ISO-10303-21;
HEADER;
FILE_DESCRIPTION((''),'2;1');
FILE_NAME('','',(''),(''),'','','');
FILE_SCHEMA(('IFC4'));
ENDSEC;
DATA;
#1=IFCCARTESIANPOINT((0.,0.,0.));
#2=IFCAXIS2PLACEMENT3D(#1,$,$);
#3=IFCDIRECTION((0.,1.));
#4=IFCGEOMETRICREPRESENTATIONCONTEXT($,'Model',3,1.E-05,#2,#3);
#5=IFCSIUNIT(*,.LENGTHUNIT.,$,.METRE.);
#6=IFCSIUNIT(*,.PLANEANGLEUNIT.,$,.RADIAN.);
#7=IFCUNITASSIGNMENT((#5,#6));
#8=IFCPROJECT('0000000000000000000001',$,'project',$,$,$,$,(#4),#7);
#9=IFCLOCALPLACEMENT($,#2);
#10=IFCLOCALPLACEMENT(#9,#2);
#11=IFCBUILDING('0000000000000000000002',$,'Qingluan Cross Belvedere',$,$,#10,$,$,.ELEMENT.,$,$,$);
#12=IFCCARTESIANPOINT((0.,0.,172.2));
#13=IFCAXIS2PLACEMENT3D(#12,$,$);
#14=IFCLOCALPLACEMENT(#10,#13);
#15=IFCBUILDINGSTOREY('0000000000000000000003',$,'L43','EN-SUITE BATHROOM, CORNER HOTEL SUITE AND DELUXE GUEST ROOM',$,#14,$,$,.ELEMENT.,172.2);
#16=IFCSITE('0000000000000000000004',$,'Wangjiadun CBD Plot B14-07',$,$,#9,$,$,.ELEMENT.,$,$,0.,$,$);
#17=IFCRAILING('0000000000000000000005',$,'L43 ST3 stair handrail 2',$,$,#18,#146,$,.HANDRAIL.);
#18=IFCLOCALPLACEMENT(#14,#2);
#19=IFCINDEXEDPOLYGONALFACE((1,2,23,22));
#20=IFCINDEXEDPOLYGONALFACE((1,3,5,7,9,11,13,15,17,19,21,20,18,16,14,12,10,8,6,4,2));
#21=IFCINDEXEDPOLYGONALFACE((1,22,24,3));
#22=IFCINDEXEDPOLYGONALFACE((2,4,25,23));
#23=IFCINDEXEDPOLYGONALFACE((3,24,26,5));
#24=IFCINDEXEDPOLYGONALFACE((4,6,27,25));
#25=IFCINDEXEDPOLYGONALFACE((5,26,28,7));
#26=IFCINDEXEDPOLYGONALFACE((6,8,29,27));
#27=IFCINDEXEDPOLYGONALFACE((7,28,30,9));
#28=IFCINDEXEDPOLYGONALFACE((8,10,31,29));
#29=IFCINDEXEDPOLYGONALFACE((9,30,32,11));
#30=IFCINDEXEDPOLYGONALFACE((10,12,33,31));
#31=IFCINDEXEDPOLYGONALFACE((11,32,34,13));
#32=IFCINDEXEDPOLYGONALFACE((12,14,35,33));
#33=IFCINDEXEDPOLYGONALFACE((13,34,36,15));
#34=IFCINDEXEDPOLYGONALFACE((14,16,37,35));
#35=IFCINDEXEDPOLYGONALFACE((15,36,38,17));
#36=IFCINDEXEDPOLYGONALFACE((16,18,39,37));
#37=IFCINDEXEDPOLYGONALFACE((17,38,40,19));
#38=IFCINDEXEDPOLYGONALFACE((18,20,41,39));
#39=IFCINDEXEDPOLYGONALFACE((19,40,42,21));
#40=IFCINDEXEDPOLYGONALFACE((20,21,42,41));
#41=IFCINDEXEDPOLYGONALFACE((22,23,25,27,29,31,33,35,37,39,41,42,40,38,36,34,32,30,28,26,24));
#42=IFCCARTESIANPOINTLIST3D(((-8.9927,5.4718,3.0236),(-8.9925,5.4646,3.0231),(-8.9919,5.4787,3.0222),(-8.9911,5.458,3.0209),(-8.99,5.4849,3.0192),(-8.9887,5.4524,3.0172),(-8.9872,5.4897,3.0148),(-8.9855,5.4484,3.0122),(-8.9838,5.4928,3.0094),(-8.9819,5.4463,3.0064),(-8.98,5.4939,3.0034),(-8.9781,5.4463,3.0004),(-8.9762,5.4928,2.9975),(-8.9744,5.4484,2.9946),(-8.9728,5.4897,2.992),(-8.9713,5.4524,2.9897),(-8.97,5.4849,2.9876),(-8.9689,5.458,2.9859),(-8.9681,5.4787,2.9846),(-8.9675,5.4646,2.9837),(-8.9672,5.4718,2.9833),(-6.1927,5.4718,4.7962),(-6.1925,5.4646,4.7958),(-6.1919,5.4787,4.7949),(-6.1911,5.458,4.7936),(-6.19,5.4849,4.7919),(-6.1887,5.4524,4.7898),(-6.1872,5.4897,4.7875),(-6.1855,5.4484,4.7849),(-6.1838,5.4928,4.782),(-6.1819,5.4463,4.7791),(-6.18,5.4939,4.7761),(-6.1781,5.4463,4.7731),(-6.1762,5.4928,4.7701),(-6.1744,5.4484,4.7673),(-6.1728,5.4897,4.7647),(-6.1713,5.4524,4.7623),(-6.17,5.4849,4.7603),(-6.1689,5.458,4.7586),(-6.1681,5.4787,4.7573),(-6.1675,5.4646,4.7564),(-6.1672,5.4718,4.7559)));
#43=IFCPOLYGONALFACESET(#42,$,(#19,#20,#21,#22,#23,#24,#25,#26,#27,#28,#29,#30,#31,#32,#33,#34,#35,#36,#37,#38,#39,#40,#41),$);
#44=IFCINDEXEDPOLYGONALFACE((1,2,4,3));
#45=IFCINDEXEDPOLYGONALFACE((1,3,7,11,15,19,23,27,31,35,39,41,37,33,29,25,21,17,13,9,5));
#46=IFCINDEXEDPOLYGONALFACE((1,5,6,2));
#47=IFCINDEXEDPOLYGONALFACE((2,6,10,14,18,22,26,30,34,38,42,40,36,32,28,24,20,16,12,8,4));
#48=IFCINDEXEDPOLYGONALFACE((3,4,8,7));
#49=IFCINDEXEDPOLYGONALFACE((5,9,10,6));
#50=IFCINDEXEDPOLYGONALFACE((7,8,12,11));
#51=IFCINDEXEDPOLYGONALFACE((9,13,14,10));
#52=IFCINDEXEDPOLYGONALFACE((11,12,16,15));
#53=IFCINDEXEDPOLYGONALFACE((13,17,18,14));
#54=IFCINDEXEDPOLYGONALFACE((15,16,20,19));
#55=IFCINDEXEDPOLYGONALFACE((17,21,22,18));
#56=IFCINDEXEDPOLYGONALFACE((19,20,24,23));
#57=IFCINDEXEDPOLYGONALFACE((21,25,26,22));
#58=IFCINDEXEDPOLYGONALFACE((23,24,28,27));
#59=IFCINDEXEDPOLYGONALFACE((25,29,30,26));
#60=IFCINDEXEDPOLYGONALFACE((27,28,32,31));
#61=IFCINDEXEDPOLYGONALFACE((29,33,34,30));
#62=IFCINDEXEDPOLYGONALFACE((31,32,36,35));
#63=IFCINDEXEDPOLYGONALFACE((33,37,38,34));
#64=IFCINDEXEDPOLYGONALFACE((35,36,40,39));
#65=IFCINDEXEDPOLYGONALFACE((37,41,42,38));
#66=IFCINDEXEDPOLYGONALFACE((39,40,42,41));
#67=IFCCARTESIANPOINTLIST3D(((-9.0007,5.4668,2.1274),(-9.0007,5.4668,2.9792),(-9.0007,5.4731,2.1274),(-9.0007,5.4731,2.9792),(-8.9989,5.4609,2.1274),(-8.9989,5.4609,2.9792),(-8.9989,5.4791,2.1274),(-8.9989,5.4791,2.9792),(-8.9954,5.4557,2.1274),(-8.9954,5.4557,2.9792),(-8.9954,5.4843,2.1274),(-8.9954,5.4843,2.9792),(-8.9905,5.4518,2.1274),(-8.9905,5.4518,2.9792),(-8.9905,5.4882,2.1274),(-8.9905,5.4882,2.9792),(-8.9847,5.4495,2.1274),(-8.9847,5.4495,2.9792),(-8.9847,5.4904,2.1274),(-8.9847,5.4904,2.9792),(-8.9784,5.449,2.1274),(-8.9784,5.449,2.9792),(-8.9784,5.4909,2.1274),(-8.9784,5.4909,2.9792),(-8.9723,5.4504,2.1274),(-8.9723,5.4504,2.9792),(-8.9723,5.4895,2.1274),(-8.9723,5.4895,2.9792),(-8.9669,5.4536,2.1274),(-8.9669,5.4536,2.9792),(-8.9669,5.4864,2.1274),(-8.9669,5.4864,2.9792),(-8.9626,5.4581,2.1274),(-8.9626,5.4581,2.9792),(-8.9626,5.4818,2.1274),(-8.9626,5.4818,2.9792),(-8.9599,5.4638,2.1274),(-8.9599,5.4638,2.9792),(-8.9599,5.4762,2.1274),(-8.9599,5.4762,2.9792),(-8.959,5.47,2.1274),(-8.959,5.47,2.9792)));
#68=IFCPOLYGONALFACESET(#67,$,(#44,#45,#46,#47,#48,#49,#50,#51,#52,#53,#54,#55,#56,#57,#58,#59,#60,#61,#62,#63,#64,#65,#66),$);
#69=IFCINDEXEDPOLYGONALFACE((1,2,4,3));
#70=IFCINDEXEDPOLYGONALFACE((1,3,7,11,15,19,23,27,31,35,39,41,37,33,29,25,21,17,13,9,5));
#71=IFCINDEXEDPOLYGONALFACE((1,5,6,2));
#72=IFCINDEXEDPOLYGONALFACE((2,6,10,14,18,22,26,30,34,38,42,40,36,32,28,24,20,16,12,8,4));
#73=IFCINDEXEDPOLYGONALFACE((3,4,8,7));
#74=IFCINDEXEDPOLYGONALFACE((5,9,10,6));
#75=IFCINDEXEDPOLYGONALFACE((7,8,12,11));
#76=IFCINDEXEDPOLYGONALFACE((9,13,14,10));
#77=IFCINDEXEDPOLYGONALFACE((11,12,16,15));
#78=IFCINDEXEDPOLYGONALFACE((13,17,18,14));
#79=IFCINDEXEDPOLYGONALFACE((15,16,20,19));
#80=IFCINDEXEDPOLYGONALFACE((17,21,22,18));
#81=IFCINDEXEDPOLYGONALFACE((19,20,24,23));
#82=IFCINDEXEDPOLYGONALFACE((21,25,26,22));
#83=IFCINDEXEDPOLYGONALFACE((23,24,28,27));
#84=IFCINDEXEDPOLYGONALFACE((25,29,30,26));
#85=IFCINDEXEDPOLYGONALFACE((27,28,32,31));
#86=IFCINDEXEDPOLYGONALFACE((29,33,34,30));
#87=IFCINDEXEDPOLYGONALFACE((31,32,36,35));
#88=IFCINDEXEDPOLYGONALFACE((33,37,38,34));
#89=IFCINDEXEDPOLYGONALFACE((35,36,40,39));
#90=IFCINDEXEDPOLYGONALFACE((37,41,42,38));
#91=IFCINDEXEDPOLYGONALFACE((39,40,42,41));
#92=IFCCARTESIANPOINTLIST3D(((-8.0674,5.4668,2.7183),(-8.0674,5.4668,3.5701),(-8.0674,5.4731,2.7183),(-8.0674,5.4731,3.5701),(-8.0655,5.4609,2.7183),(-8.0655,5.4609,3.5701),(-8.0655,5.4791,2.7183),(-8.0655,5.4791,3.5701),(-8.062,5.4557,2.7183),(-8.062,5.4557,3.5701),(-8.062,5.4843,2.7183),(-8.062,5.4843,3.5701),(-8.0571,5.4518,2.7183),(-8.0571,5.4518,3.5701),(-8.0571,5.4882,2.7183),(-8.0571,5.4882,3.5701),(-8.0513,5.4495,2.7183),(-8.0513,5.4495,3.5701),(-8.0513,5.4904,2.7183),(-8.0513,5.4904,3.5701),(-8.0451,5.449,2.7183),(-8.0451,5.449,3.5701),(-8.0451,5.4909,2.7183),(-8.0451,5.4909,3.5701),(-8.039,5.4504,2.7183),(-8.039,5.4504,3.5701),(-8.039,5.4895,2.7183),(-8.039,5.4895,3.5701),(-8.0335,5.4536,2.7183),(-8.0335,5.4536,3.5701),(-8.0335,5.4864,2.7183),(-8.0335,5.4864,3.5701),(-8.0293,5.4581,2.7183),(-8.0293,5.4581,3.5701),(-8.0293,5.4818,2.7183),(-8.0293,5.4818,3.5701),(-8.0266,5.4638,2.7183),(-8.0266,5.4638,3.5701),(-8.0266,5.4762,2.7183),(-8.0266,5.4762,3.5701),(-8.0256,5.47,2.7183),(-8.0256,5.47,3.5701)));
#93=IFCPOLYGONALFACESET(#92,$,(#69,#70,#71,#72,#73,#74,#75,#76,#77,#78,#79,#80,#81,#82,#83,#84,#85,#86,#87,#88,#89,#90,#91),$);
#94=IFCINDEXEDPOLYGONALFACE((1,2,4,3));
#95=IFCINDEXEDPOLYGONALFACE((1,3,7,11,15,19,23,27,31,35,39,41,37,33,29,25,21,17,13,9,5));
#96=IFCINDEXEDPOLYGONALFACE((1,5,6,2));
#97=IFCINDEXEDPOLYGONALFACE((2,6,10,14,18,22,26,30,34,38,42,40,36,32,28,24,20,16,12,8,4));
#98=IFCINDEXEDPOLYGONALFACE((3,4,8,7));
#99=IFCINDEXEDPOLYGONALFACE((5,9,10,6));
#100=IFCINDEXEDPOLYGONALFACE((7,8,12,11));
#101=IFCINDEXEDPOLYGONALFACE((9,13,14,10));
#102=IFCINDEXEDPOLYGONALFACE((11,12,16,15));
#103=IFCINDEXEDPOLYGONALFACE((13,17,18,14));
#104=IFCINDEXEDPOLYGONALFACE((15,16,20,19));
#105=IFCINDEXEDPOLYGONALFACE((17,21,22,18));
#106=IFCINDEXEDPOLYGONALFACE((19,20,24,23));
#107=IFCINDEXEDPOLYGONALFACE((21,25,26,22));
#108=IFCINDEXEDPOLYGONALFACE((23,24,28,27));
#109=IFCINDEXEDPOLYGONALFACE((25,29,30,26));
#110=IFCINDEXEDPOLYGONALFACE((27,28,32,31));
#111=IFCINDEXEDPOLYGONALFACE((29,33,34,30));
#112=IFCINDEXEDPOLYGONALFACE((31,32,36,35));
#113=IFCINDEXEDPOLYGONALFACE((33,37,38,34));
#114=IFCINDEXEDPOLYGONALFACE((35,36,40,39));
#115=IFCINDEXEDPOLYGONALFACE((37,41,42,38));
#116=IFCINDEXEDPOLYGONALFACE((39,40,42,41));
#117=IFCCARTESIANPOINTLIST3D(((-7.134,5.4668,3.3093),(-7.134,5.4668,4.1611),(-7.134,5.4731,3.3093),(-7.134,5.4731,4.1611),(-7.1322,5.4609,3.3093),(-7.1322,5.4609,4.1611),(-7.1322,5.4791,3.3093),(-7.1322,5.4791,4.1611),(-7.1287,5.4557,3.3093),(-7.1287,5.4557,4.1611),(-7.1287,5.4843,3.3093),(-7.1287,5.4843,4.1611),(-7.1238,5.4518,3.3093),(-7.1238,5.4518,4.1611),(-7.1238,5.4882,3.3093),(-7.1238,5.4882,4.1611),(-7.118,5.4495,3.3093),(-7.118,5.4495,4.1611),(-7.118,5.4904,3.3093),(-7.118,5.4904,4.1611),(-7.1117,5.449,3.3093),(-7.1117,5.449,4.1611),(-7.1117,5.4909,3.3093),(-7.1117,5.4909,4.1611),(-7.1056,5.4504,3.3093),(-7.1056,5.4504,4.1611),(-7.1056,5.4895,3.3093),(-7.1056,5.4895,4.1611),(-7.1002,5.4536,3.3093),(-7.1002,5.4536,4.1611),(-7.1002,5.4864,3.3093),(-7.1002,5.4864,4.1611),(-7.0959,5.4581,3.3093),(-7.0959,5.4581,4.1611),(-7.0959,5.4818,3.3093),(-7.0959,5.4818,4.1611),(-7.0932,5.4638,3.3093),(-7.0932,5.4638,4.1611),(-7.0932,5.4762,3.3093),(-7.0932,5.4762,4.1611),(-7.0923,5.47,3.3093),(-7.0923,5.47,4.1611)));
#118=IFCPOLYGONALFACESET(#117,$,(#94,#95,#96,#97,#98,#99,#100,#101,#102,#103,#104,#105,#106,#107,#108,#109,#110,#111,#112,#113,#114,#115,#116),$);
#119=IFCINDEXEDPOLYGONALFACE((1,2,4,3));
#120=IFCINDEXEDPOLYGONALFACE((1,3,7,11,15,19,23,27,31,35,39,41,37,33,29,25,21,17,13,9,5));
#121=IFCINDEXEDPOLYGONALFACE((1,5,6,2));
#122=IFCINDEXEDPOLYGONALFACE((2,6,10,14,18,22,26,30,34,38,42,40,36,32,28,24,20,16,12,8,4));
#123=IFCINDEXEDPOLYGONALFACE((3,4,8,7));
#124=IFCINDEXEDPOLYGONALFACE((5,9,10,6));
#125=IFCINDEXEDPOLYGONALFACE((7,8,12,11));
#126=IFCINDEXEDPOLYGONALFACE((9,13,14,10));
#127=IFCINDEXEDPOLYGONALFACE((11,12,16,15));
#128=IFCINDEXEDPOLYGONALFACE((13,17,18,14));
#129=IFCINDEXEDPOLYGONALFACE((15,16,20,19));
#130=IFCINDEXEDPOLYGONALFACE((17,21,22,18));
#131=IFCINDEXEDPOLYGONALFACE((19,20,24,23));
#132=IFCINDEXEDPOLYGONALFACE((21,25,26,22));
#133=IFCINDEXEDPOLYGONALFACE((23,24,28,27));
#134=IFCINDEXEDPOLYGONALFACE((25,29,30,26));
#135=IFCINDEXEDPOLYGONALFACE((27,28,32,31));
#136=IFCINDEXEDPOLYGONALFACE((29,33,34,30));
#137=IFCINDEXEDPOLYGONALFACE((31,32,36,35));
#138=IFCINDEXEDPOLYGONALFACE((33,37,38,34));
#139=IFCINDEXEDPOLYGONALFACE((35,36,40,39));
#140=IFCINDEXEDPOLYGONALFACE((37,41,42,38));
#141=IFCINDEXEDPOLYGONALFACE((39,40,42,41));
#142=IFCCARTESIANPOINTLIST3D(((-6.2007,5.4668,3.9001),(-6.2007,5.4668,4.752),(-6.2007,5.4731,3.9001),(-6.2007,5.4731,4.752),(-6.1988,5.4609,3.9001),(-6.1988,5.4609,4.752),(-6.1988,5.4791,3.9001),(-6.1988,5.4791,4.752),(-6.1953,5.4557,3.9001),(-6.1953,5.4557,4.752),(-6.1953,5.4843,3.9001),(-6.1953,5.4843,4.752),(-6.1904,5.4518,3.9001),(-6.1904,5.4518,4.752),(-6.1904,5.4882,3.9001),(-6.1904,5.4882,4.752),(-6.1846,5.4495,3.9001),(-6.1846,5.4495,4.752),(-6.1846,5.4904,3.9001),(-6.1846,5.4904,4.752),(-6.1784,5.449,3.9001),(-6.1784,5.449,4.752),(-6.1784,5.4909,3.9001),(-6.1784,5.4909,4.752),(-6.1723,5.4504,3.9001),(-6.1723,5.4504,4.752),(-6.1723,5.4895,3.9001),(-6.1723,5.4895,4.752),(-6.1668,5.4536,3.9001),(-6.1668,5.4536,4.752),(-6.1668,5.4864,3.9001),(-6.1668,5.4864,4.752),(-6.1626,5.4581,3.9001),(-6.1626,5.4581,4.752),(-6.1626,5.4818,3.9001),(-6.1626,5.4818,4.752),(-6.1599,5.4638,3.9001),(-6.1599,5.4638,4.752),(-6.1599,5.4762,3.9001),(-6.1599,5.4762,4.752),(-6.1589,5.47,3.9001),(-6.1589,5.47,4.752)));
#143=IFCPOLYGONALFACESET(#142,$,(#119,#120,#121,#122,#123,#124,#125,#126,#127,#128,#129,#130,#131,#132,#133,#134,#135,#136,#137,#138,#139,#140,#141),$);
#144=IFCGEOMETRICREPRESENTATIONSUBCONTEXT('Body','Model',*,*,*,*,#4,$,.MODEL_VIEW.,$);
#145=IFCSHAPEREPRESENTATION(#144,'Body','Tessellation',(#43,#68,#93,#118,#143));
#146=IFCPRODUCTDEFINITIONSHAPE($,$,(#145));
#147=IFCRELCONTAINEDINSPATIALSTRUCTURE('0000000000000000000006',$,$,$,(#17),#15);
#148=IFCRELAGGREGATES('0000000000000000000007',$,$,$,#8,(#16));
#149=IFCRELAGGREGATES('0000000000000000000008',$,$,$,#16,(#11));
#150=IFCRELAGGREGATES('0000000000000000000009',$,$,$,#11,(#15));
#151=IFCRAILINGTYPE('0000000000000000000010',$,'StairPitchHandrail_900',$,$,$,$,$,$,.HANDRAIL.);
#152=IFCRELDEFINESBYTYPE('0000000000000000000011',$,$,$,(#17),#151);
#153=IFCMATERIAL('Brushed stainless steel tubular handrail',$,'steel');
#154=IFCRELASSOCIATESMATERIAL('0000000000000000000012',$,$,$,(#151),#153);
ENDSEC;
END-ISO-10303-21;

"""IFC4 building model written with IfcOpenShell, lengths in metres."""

from ifc_helpers import new_model, si_unit, direction, frame, origin, origin_2d, place, context, subcontext, project, spatial, circle, extrude, material, type_object, element, save


model = new_model("IFC4")

# Units and contexts
model_context = context("Model", 3, precision=1e-05, world=origin(), true_north=direction((0.0, 1.0)))
body_context = subcontext(model_context, "Body", "Model", "MODEL_VIEW")
ifc_project = project(units=[si_unit("LENGTHUNIT", "METRE"), si_unit("PLANEANGLEUNIT", "RADIAN")], contexts=[model_context])

# Site, building, storey
site_placement = place(None, origin())
site = spatial("IfcSite", under=ifc_project, at=site_placement, Name="Wangjiadun CBD Plot B14-07", CompositionType="ELEMENT", RefElevation=0.0)
building_placement = place(site_placement, origin())
building = spatial("IfcBuilding", under=site, at=building_placement, Name="Qingluan Cross Belvedere", CompositionType="ELEMENT")
storey_placement = place(building_placement, frame((0.0, 0.0, 172.2)))
storey = spatial("IfcBuildingStorey", under=building, at=storey_placement, Name="L43", Description="EN-SUITE BATHROOM, CORNER HOTEL SUITE AND DELUXE GUEST ROOM", CompositionType="ELEMENT", Elevation=172.2)

# Railing
ifc_material_1 = material(Name="Brushed stainless steel tubular handrail", Category="steel")
railing_type_1 = type_object("IfcRailingType", Name="StairPitchHandrail_900", PredefinedType="HANDRAIL", material=ifc_material_1)
railing_1_placement = place(storey_placement, frame((-8.98, 5.47, 2.1274)))
element("IfcRailing", 1, at=railing_1_placement, inside=storey, type_object=railing_type_1, Name="L43 ST3 stair handrail 2", PredefinedType="HANDRAIL", context=body_context, shape_type="SweptSolid", body=[
    extrude(circle(Radius=0.0239, at=origin_2d()), frame((0.0, 0.0, 0.876), z_axis=(0.844909, 0.0, 0.53491), x_axis=(0.0, 1.0, 0.0)), (0.0, 0.0, 1.0), 3.314),
    extrude(circle(Radius=0.021, at=origin_2d()), origin(), (0.0, 0.0, 1.0), 0.8518),
    extrude(circle(Radius=0.021, at=origin_2d()), frame((0.9333, 0.0, 0.5908)), (0.0, 0.0, 1.0), 0.8518),
    extrude(circle(Radius=0.021, at=origin_2d()), frame((1.8667, 0.0, 1.1819)), (0.0, 0.0, 1.0), 0.8518),
    extrude(circle(Radius=0.021, at=origin_2d()), frame((2.8, 0.0, 1.7727)), (0.0, 0.0, 1.0), 0.8518),
])

save(model, "model.ifc")
